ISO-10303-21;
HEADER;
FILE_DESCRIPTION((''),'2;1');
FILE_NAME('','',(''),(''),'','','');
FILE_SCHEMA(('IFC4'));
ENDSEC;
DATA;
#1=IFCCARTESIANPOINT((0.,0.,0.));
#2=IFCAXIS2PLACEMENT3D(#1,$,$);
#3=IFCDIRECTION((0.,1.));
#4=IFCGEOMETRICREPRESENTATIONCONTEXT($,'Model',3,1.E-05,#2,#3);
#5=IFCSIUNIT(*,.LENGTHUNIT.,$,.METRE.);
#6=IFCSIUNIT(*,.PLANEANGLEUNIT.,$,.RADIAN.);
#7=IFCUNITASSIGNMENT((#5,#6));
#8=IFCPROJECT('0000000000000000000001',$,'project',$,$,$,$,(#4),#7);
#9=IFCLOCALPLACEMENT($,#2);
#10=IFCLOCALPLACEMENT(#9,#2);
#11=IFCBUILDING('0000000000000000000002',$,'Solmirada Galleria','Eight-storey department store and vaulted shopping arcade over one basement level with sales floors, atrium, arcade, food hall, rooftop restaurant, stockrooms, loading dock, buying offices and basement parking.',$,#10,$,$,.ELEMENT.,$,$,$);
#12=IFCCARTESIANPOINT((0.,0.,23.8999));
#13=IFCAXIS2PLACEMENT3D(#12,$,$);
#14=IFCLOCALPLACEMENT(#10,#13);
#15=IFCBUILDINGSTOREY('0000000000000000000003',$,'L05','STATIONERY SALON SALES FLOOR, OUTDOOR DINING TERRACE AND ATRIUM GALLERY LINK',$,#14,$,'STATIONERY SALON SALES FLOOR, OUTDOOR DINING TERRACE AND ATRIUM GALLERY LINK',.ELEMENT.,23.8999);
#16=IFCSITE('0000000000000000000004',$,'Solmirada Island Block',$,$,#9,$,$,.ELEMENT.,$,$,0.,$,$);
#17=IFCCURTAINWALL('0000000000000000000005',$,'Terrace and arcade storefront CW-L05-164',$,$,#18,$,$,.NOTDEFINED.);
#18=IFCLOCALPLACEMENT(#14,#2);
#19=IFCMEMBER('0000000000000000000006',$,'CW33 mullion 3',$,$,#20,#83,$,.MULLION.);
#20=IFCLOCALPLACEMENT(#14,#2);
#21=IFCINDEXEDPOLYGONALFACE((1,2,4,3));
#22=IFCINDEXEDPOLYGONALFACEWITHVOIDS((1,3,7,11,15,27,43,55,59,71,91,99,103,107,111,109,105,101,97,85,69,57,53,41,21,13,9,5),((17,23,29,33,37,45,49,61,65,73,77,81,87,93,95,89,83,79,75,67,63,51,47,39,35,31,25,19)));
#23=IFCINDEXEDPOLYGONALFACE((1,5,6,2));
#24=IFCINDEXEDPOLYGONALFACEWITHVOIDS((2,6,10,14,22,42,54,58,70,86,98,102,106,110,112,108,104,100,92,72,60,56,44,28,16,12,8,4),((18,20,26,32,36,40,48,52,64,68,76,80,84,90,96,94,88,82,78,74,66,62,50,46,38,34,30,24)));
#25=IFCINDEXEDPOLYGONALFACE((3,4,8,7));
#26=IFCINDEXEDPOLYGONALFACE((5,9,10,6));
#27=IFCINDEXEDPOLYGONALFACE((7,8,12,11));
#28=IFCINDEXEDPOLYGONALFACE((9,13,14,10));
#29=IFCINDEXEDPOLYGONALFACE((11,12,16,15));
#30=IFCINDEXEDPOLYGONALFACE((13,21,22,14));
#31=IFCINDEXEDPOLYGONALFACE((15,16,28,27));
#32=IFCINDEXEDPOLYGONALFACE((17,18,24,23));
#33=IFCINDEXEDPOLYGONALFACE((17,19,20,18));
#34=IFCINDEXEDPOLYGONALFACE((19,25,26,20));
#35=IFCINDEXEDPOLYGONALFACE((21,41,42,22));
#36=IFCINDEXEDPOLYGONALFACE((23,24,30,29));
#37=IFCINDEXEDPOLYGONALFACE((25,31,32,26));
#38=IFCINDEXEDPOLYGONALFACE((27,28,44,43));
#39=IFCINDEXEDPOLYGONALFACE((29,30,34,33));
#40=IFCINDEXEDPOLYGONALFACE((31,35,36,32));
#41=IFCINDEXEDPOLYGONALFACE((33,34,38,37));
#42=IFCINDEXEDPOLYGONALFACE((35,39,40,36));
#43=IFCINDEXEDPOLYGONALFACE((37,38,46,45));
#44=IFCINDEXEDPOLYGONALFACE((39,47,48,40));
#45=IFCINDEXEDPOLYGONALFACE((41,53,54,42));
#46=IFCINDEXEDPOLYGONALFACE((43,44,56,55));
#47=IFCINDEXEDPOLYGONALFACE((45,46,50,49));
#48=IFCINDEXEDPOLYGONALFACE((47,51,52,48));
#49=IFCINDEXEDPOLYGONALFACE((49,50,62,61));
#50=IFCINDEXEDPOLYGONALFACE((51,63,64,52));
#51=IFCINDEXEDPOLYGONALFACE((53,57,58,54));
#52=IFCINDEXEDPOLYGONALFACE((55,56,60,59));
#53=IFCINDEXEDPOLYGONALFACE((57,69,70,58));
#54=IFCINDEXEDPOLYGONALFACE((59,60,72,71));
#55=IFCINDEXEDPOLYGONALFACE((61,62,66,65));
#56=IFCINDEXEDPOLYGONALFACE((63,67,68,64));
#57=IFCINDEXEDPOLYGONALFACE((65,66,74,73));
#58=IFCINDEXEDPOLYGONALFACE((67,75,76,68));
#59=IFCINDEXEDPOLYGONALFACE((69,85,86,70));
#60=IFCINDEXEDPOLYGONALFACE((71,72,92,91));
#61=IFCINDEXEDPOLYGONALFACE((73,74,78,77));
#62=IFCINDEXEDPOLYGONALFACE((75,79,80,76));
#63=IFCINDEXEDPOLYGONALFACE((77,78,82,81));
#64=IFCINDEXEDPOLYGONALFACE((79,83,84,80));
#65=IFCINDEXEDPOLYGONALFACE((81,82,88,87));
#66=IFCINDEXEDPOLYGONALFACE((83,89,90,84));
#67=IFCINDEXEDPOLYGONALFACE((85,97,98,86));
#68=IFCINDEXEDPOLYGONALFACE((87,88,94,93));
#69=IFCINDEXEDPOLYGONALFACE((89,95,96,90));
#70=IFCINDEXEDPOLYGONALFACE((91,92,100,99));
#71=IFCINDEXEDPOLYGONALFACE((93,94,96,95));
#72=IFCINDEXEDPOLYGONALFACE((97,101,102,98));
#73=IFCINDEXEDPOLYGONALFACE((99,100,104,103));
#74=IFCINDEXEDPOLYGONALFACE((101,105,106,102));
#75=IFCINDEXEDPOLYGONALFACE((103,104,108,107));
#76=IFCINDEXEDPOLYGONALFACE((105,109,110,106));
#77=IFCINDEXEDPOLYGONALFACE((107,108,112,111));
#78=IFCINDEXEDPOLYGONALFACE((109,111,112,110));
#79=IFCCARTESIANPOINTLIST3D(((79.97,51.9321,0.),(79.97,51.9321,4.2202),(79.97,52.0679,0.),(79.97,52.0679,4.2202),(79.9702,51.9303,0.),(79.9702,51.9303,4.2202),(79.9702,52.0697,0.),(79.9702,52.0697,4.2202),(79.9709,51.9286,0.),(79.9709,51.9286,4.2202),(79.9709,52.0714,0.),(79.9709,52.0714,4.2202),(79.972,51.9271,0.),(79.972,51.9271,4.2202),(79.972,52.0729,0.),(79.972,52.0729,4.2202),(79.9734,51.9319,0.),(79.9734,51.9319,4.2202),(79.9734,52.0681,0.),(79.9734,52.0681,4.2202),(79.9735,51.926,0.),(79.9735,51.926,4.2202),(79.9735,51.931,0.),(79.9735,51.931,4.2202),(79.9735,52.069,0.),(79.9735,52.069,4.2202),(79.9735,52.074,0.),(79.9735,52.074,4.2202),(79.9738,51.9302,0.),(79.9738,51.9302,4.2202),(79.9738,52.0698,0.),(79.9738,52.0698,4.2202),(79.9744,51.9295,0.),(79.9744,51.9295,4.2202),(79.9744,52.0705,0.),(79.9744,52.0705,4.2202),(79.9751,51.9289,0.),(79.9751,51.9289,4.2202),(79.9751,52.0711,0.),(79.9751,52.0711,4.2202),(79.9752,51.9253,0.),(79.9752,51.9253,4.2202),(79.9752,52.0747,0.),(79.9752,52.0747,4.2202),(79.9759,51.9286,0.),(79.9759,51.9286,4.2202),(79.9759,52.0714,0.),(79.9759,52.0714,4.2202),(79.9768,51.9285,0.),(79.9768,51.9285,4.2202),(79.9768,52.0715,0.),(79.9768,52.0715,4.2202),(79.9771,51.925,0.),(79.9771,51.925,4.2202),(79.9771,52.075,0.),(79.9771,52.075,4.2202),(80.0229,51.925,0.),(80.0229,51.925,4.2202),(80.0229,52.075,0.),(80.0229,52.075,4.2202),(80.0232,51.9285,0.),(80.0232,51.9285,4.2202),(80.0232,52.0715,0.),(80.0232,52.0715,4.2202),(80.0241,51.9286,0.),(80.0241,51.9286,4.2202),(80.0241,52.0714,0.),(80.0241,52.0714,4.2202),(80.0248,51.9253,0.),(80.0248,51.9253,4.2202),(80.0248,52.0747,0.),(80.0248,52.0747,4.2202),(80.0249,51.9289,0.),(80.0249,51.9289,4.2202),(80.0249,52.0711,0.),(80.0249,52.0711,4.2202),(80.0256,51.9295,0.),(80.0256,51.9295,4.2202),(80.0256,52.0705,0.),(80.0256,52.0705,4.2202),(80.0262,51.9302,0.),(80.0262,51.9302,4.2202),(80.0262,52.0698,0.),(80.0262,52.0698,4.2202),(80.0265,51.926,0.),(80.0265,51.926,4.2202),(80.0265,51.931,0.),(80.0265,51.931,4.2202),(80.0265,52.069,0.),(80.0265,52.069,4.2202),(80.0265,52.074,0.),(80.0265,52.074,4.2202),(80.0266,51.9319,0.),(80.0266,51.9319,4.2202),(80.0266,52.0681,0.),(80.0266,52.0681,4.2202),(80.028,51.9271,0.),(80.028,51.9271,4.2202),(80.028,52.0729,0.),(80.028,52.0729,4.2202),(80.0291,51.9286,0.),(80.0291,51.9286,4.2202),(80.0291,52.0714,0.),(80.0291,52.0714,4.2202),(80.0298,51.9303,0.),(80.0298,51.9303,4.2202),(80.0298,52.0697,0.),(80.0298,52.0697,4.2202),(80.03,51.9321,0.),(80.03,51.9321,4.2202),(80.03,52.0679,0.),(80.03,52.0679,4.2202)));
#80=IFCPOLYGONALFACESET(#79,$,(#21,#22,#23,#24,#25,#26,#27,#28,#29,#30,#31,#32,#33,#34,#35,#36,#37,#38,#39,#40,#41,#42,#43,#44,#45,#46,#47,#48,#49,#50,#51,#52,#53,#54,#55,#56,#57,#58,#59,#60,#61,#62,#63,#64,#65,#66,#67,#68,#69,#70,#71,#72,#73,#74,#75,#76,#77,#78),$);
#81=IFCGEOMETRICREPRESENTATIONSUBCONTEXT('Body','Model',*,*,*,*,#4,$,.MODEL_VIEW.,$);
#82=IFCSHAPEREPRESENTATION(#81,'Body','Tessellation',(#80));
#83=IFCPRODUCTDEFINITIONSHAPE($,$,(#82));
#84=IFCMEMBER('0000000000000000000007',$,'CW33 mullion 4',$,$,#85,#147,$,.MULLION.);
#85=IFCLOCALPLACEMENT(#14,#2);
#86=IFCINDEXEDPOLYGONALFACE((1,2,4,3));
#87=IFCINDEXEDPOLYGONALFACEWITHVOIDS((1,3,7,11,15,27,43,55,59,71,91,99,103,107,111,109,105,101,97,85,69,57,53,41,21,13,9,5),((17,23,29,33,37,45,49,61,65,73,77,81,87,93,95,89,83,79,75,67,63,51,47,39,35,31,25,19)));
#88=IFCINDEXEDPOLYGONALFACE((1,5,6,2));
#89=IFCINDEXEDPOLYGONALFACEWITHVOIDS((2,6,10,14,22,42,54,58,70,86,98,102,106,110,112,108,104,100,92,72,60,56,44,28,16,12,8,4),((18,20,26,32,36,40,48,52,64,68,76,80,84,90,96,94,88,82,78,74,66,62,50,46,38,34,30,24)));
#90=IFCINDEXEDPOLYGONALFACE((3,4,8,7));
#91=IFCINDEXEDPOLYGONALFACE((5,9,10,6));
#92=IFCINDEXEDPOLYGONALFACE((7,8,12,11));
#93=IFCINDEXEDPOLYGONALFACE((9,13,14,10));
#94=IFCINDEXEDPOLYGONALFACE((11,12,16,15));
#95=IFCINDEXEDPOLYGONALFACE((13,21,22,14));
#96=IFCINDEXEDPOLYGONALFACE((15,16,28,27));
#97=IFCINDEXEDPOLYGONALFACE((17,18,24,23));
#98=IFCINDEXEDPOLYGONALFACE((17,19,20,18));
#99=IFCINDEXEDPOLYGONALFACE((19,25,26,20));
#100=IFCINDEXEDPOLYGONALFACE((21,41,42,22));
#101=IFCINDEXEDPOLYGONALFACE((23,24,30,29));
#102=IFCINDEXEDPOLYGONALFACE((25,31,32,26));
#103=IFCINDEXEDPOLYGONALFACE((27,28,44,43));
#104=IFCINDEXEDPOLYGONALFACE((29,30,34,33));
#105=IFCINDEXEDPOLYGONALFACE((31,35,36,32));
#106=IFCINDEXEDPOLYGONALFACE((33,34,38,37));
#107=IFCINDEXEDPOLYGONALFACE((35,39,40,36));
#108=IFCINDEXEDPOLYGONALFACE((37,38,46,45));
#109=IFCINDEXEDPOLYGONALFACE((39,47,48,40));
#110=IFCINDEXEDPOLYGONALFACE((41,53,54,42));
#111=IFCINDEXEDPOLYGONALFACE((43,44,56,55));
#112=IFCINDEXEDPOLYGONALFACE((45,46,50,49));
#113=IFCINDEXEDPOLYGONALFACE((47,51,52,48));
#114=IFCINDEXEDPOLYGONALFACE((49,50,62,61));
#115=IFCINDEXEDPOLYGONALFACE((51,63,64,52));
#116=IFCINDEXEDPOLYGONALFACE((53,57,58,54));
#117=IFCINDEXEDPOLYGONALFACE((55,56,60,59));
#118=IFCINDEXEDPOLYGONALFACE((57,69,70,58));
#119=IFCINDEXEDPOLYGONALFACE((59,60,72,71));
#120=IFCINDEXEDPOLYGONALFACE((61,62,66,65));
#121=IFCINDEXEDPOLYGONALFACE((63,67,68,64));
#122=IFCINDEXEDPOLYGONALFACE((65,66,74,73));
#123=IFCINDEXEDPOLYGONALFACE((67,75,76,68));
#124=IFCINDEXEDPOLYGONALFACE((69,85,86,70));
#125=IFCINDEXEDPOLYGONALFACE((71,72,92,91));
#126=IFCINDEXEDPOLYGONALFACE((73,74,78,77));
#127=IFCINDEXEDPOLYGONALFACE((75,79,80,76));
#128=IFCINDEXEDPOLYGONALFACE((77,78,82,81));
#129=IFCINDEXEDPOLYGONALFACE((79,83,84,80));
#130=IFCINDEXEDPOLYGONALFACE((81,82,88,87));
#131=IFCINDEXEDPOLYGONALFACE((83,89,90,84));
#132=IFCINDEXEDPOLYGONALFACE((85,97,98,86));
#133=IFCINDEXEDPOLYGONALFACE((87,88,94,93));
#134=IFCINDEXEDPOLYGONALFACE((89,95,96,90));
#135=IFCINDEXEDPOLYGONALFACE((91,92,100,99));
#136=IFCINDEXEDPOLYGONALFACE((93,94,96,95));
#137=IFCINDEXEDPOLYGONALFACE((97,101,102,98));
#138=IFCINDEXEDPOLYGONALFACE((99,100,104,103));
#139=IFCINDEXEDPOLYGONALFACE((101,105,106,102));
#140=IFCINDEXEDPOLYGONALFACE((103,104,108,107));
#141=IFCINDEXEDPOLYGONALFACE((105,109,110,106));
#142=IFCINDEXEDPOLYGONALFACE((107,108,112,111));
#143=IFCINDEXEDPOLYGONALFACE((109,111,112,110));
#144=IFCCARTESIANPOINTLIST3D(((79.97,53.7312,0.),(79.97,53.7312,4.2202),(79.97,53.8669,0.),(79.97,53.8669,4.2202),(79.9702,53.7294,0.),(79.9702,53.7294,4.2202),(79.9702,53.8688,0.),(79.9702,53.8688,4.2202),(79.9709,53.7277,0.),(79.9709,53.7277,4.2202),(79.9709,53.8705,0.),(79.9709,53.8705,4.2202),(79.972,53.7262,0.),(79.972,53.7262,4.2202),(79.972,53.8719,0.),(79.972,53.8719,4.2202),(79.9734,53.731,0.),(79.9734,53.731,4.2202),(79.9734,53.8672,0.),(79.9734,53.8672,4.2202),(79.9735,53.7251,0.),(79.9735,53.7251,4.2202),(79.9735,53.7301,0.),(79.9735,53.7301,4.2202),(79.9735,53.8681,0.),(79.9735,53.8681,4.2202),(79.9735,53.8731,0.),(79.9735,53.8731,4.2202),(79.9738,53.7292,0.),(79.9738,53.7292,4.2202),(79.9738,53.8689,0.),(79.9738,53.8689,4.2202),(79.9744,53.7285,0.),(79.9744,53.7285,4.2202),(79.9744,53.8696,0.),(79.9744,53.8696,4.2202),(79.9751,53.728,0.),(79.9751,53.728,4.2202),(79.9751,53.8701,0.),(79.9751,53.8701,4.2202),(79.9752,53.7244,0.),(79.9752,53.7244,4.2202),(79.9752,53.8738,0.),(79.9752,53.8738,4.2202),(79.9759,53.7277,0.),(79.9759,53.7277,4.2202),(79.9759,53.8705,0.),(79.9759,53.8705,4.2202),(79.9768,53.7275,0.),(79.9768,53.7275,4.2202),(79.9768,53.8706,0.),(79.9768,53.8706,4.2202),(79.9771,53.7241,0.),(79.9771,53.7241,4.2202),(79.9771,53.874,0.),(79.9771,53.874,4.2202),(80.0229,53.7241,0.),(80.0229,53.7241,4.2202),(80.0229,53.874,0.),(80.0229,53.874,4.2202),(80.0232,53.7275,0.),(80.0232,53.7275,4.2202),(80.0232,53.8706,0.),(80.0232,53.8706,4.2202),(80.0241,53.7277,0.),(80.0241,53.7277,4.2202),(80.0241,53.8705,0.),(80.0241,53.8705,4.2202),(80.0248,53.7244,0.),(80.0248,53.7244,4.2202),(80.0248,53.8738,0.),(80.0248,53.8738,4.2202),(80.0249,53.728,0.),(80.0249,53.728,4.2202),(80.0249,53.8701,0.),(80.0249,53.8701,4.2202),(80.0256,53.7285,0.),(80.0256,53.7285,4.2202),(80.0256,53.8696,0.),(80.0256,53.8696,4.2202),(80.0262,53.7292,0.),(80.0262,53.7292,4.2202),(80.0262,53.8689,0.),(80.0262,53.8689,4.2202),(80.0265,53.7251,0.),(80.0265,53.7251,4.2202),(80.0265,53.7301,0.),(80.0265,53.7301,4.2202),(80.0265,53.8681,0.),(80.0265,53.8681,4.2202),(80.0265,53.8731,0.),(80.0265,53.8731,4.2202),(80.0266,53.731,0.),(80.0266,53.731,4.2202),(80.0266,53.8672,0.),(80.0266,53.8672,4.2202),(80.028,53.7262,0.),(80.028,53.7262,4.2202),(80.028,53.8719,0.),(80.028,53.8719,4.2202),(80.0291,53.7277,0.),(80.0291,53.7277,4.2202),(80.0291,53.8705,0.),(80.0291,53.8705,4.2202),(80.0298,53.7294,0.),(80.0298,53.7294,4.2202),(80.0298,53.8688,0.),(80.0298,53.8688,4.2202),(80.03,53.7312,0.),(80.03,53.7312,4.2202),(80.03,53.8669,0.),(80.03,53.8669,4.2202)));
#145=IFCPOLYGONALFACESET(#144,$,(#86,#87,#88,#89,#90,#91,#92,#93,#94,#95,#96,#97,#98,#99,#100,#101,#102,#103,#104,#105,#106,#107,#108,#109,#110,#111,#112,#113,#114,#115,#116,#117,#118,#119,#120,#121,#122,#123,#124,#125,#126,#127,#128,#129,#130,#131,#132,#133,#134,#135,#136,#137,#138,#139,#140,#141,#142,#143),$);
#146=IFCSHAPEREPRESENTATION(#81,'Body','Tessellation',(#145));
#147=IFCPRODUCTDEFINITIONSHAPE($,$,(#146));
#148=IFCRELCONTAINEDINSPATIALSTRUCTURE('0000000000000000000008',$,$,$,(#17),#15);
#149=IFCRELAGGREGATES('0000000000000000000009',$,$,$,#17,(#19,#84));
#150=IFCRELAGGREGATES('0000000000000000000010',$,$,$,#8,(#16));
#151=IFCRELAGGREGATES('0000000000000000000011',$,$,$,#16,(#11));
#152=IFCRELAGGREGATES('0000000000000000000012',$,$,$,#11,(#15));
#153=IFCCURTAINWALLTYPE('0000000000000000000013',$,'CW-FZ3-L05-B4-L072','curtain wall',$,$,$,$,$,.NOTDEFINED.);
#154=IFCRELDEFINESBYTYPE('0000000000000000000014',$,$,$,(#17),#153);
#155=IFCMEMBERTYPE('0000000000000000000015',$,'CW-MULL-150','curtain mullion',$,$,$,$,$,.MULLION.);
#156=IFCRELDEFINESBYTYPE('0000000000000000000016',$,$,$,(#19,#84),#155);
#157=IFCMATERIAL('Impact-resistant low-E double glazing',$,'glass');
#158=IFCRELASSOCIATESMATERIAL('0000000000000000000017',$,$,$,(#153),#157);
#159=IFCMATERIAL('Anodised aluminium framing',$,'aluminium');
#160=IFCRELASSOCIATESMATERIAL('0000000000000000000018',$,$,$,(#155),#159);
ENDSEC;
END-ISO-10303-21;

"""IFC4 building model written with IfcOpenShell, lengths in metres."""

from ifc_helpers import new_model, si_unit, direction, frame, origin, origin_2d, place, context, subcontext, project, spatial, hollow_rectangle, extrude, material, material_profile, profile_set, type_object, element, aggregate, save


model = new_model("IFC4")

# Units and contexts
model_context = context("Model", 3, precision=1e-05, world=origin(), true_north=direction((0.0, 1.0)))
body_context = subcontext(model_context, "Body", "Model", "MODEL_VIEW")
ifc_project = project(units=[si_unit("LENGTHUNIT", "METRE"), si_unit("PLANEANGLEUNIT", "RADIAN")], contexts=[model_context])

# Site, building, storey
site_placement = place(None, origin())
site = spatial("IfcSite", under=ifc_project, at=site_placement, Name="Solmirada Island Block", CompositionType="ELEMENT", RefElevation=0.0)
building_placement = place(site_placement, origin())
building = spatial("IfcBuilding", under=site, at=building_placement, Name="Solmirada Galleria", Description="Eight-storey department store and vaulted shopping arcade over one basement level with sales floors, atrium, arcade, food hall, rooftop restaurant, stockrooms, loading dock, buying offices and basement parking.", CompositionType="ELEMENT")
storey_placement = place(building_placement, frame((0.0, 0.0, 23.8999)))
storey = spatial("IfcBuildingStorey", under=building, at=storey_placement, Name="L05", Description="STATIONERY SALON SALES FLOOR, OUTDOOR DINING TERRACE AND ATRIUM GALLERY LINK", LongName="STATIONERY SALON SALES FLOOR, OUTDOOR DINING TERRACE AND ATRIUM GALLERY LINK", CompositionType="ELEMENT", Elevation=23.8999)

# Curtain wall, members
ifc_material_1 = material(Name="Impact-resistant low-E double glazing", Category="glass")
curtain_wall_type = type_object("IfcCurtainWallType", Name="CW-FZ3-L05-B4-L072", Description="curtain wall", PredefinedType="NOTDEFINED", material=ifc_material_1)
curtain_wall_placement = place(storey_placement, origin())
curtain_wall = element("IfcCurtainWall", 1, at=curtain_wall_placement, inside=storey, type_object=curtain_wall_type, Name="Terrace and arcade storefront CW-L05-164", PredefinedType="NOTDEFINED")
ifc_material_2 = material(Name="Anodised aluminium framing", Category="aluminium")
ifc_material_profile_1 = material_profile(ifc_material_2, hollow_rectangle(XDim=0.0601, YDim=0.1499, WallThickness=0.0034, InnerFilletRadius=0.0034, OuterFilletRadius=0.0071, at=origin_2d()), Name="ALU-MULL-150X60")
ifc_profile_set_1 = profile_set([ifc_material_profile_1], Name="Anodised aluminium framing")
member_type_1 = type_object("IfcMemberType", Name="CW-MULL-150", Description="curtain mullion", PredefinedType="MULLION", material=ifc_profile_set_1)
member_1_placement = place(storey_placement, frame((80.0, 52.0, 0.0), z_axis=(0.0, 0.0, 1.0), x_axis=(-1.0, 0.0, 0.0)))
member_1 = element("IfcMember", 2, at=member_1_placement, type_object=member_type_1, Name="CW33 mullion 3", PredefinedType="MULLION", context=body_context, shape_type="SweptSolid", body=[
    extrude(hollow_rectangle(XDim=0.0601, YDim=0.1499, WallThickness=0.0034, InnerFilletRadius=0.0034, OuterFilletRadius=0.0071, at=origin_2d()), origin(), (0.0, 0.0, 1.0), 4.2202),
])
member_2_placement = place(storey_placement, frame((80.0, 53.7991, 0.0), z_axis=(0.0, 0.0, 1.0), x_axis=(-1.0, 0.0, 0.0)))
member_2 = element("IfcMember", 3, at=member_2_placement, type_object=member_type_1, Name="CW33 mullion 4", PredefinedType="MULLION", context=body_context, shape_type="SweptSolid", body=[
    extrude(hollow_rectangle(XDim=0.0601, YDim=0.1499, WallThickness=0.0034, InnerFilletRadius=0.0034, OuterFilletRadius=0.0071, at=origin_2d()), origin(), (0.0, 0.0, 1.0), 4.2202),
])
aggregate(curtain_wall, [member_1, member_2])

save(model, "model.ifc")
